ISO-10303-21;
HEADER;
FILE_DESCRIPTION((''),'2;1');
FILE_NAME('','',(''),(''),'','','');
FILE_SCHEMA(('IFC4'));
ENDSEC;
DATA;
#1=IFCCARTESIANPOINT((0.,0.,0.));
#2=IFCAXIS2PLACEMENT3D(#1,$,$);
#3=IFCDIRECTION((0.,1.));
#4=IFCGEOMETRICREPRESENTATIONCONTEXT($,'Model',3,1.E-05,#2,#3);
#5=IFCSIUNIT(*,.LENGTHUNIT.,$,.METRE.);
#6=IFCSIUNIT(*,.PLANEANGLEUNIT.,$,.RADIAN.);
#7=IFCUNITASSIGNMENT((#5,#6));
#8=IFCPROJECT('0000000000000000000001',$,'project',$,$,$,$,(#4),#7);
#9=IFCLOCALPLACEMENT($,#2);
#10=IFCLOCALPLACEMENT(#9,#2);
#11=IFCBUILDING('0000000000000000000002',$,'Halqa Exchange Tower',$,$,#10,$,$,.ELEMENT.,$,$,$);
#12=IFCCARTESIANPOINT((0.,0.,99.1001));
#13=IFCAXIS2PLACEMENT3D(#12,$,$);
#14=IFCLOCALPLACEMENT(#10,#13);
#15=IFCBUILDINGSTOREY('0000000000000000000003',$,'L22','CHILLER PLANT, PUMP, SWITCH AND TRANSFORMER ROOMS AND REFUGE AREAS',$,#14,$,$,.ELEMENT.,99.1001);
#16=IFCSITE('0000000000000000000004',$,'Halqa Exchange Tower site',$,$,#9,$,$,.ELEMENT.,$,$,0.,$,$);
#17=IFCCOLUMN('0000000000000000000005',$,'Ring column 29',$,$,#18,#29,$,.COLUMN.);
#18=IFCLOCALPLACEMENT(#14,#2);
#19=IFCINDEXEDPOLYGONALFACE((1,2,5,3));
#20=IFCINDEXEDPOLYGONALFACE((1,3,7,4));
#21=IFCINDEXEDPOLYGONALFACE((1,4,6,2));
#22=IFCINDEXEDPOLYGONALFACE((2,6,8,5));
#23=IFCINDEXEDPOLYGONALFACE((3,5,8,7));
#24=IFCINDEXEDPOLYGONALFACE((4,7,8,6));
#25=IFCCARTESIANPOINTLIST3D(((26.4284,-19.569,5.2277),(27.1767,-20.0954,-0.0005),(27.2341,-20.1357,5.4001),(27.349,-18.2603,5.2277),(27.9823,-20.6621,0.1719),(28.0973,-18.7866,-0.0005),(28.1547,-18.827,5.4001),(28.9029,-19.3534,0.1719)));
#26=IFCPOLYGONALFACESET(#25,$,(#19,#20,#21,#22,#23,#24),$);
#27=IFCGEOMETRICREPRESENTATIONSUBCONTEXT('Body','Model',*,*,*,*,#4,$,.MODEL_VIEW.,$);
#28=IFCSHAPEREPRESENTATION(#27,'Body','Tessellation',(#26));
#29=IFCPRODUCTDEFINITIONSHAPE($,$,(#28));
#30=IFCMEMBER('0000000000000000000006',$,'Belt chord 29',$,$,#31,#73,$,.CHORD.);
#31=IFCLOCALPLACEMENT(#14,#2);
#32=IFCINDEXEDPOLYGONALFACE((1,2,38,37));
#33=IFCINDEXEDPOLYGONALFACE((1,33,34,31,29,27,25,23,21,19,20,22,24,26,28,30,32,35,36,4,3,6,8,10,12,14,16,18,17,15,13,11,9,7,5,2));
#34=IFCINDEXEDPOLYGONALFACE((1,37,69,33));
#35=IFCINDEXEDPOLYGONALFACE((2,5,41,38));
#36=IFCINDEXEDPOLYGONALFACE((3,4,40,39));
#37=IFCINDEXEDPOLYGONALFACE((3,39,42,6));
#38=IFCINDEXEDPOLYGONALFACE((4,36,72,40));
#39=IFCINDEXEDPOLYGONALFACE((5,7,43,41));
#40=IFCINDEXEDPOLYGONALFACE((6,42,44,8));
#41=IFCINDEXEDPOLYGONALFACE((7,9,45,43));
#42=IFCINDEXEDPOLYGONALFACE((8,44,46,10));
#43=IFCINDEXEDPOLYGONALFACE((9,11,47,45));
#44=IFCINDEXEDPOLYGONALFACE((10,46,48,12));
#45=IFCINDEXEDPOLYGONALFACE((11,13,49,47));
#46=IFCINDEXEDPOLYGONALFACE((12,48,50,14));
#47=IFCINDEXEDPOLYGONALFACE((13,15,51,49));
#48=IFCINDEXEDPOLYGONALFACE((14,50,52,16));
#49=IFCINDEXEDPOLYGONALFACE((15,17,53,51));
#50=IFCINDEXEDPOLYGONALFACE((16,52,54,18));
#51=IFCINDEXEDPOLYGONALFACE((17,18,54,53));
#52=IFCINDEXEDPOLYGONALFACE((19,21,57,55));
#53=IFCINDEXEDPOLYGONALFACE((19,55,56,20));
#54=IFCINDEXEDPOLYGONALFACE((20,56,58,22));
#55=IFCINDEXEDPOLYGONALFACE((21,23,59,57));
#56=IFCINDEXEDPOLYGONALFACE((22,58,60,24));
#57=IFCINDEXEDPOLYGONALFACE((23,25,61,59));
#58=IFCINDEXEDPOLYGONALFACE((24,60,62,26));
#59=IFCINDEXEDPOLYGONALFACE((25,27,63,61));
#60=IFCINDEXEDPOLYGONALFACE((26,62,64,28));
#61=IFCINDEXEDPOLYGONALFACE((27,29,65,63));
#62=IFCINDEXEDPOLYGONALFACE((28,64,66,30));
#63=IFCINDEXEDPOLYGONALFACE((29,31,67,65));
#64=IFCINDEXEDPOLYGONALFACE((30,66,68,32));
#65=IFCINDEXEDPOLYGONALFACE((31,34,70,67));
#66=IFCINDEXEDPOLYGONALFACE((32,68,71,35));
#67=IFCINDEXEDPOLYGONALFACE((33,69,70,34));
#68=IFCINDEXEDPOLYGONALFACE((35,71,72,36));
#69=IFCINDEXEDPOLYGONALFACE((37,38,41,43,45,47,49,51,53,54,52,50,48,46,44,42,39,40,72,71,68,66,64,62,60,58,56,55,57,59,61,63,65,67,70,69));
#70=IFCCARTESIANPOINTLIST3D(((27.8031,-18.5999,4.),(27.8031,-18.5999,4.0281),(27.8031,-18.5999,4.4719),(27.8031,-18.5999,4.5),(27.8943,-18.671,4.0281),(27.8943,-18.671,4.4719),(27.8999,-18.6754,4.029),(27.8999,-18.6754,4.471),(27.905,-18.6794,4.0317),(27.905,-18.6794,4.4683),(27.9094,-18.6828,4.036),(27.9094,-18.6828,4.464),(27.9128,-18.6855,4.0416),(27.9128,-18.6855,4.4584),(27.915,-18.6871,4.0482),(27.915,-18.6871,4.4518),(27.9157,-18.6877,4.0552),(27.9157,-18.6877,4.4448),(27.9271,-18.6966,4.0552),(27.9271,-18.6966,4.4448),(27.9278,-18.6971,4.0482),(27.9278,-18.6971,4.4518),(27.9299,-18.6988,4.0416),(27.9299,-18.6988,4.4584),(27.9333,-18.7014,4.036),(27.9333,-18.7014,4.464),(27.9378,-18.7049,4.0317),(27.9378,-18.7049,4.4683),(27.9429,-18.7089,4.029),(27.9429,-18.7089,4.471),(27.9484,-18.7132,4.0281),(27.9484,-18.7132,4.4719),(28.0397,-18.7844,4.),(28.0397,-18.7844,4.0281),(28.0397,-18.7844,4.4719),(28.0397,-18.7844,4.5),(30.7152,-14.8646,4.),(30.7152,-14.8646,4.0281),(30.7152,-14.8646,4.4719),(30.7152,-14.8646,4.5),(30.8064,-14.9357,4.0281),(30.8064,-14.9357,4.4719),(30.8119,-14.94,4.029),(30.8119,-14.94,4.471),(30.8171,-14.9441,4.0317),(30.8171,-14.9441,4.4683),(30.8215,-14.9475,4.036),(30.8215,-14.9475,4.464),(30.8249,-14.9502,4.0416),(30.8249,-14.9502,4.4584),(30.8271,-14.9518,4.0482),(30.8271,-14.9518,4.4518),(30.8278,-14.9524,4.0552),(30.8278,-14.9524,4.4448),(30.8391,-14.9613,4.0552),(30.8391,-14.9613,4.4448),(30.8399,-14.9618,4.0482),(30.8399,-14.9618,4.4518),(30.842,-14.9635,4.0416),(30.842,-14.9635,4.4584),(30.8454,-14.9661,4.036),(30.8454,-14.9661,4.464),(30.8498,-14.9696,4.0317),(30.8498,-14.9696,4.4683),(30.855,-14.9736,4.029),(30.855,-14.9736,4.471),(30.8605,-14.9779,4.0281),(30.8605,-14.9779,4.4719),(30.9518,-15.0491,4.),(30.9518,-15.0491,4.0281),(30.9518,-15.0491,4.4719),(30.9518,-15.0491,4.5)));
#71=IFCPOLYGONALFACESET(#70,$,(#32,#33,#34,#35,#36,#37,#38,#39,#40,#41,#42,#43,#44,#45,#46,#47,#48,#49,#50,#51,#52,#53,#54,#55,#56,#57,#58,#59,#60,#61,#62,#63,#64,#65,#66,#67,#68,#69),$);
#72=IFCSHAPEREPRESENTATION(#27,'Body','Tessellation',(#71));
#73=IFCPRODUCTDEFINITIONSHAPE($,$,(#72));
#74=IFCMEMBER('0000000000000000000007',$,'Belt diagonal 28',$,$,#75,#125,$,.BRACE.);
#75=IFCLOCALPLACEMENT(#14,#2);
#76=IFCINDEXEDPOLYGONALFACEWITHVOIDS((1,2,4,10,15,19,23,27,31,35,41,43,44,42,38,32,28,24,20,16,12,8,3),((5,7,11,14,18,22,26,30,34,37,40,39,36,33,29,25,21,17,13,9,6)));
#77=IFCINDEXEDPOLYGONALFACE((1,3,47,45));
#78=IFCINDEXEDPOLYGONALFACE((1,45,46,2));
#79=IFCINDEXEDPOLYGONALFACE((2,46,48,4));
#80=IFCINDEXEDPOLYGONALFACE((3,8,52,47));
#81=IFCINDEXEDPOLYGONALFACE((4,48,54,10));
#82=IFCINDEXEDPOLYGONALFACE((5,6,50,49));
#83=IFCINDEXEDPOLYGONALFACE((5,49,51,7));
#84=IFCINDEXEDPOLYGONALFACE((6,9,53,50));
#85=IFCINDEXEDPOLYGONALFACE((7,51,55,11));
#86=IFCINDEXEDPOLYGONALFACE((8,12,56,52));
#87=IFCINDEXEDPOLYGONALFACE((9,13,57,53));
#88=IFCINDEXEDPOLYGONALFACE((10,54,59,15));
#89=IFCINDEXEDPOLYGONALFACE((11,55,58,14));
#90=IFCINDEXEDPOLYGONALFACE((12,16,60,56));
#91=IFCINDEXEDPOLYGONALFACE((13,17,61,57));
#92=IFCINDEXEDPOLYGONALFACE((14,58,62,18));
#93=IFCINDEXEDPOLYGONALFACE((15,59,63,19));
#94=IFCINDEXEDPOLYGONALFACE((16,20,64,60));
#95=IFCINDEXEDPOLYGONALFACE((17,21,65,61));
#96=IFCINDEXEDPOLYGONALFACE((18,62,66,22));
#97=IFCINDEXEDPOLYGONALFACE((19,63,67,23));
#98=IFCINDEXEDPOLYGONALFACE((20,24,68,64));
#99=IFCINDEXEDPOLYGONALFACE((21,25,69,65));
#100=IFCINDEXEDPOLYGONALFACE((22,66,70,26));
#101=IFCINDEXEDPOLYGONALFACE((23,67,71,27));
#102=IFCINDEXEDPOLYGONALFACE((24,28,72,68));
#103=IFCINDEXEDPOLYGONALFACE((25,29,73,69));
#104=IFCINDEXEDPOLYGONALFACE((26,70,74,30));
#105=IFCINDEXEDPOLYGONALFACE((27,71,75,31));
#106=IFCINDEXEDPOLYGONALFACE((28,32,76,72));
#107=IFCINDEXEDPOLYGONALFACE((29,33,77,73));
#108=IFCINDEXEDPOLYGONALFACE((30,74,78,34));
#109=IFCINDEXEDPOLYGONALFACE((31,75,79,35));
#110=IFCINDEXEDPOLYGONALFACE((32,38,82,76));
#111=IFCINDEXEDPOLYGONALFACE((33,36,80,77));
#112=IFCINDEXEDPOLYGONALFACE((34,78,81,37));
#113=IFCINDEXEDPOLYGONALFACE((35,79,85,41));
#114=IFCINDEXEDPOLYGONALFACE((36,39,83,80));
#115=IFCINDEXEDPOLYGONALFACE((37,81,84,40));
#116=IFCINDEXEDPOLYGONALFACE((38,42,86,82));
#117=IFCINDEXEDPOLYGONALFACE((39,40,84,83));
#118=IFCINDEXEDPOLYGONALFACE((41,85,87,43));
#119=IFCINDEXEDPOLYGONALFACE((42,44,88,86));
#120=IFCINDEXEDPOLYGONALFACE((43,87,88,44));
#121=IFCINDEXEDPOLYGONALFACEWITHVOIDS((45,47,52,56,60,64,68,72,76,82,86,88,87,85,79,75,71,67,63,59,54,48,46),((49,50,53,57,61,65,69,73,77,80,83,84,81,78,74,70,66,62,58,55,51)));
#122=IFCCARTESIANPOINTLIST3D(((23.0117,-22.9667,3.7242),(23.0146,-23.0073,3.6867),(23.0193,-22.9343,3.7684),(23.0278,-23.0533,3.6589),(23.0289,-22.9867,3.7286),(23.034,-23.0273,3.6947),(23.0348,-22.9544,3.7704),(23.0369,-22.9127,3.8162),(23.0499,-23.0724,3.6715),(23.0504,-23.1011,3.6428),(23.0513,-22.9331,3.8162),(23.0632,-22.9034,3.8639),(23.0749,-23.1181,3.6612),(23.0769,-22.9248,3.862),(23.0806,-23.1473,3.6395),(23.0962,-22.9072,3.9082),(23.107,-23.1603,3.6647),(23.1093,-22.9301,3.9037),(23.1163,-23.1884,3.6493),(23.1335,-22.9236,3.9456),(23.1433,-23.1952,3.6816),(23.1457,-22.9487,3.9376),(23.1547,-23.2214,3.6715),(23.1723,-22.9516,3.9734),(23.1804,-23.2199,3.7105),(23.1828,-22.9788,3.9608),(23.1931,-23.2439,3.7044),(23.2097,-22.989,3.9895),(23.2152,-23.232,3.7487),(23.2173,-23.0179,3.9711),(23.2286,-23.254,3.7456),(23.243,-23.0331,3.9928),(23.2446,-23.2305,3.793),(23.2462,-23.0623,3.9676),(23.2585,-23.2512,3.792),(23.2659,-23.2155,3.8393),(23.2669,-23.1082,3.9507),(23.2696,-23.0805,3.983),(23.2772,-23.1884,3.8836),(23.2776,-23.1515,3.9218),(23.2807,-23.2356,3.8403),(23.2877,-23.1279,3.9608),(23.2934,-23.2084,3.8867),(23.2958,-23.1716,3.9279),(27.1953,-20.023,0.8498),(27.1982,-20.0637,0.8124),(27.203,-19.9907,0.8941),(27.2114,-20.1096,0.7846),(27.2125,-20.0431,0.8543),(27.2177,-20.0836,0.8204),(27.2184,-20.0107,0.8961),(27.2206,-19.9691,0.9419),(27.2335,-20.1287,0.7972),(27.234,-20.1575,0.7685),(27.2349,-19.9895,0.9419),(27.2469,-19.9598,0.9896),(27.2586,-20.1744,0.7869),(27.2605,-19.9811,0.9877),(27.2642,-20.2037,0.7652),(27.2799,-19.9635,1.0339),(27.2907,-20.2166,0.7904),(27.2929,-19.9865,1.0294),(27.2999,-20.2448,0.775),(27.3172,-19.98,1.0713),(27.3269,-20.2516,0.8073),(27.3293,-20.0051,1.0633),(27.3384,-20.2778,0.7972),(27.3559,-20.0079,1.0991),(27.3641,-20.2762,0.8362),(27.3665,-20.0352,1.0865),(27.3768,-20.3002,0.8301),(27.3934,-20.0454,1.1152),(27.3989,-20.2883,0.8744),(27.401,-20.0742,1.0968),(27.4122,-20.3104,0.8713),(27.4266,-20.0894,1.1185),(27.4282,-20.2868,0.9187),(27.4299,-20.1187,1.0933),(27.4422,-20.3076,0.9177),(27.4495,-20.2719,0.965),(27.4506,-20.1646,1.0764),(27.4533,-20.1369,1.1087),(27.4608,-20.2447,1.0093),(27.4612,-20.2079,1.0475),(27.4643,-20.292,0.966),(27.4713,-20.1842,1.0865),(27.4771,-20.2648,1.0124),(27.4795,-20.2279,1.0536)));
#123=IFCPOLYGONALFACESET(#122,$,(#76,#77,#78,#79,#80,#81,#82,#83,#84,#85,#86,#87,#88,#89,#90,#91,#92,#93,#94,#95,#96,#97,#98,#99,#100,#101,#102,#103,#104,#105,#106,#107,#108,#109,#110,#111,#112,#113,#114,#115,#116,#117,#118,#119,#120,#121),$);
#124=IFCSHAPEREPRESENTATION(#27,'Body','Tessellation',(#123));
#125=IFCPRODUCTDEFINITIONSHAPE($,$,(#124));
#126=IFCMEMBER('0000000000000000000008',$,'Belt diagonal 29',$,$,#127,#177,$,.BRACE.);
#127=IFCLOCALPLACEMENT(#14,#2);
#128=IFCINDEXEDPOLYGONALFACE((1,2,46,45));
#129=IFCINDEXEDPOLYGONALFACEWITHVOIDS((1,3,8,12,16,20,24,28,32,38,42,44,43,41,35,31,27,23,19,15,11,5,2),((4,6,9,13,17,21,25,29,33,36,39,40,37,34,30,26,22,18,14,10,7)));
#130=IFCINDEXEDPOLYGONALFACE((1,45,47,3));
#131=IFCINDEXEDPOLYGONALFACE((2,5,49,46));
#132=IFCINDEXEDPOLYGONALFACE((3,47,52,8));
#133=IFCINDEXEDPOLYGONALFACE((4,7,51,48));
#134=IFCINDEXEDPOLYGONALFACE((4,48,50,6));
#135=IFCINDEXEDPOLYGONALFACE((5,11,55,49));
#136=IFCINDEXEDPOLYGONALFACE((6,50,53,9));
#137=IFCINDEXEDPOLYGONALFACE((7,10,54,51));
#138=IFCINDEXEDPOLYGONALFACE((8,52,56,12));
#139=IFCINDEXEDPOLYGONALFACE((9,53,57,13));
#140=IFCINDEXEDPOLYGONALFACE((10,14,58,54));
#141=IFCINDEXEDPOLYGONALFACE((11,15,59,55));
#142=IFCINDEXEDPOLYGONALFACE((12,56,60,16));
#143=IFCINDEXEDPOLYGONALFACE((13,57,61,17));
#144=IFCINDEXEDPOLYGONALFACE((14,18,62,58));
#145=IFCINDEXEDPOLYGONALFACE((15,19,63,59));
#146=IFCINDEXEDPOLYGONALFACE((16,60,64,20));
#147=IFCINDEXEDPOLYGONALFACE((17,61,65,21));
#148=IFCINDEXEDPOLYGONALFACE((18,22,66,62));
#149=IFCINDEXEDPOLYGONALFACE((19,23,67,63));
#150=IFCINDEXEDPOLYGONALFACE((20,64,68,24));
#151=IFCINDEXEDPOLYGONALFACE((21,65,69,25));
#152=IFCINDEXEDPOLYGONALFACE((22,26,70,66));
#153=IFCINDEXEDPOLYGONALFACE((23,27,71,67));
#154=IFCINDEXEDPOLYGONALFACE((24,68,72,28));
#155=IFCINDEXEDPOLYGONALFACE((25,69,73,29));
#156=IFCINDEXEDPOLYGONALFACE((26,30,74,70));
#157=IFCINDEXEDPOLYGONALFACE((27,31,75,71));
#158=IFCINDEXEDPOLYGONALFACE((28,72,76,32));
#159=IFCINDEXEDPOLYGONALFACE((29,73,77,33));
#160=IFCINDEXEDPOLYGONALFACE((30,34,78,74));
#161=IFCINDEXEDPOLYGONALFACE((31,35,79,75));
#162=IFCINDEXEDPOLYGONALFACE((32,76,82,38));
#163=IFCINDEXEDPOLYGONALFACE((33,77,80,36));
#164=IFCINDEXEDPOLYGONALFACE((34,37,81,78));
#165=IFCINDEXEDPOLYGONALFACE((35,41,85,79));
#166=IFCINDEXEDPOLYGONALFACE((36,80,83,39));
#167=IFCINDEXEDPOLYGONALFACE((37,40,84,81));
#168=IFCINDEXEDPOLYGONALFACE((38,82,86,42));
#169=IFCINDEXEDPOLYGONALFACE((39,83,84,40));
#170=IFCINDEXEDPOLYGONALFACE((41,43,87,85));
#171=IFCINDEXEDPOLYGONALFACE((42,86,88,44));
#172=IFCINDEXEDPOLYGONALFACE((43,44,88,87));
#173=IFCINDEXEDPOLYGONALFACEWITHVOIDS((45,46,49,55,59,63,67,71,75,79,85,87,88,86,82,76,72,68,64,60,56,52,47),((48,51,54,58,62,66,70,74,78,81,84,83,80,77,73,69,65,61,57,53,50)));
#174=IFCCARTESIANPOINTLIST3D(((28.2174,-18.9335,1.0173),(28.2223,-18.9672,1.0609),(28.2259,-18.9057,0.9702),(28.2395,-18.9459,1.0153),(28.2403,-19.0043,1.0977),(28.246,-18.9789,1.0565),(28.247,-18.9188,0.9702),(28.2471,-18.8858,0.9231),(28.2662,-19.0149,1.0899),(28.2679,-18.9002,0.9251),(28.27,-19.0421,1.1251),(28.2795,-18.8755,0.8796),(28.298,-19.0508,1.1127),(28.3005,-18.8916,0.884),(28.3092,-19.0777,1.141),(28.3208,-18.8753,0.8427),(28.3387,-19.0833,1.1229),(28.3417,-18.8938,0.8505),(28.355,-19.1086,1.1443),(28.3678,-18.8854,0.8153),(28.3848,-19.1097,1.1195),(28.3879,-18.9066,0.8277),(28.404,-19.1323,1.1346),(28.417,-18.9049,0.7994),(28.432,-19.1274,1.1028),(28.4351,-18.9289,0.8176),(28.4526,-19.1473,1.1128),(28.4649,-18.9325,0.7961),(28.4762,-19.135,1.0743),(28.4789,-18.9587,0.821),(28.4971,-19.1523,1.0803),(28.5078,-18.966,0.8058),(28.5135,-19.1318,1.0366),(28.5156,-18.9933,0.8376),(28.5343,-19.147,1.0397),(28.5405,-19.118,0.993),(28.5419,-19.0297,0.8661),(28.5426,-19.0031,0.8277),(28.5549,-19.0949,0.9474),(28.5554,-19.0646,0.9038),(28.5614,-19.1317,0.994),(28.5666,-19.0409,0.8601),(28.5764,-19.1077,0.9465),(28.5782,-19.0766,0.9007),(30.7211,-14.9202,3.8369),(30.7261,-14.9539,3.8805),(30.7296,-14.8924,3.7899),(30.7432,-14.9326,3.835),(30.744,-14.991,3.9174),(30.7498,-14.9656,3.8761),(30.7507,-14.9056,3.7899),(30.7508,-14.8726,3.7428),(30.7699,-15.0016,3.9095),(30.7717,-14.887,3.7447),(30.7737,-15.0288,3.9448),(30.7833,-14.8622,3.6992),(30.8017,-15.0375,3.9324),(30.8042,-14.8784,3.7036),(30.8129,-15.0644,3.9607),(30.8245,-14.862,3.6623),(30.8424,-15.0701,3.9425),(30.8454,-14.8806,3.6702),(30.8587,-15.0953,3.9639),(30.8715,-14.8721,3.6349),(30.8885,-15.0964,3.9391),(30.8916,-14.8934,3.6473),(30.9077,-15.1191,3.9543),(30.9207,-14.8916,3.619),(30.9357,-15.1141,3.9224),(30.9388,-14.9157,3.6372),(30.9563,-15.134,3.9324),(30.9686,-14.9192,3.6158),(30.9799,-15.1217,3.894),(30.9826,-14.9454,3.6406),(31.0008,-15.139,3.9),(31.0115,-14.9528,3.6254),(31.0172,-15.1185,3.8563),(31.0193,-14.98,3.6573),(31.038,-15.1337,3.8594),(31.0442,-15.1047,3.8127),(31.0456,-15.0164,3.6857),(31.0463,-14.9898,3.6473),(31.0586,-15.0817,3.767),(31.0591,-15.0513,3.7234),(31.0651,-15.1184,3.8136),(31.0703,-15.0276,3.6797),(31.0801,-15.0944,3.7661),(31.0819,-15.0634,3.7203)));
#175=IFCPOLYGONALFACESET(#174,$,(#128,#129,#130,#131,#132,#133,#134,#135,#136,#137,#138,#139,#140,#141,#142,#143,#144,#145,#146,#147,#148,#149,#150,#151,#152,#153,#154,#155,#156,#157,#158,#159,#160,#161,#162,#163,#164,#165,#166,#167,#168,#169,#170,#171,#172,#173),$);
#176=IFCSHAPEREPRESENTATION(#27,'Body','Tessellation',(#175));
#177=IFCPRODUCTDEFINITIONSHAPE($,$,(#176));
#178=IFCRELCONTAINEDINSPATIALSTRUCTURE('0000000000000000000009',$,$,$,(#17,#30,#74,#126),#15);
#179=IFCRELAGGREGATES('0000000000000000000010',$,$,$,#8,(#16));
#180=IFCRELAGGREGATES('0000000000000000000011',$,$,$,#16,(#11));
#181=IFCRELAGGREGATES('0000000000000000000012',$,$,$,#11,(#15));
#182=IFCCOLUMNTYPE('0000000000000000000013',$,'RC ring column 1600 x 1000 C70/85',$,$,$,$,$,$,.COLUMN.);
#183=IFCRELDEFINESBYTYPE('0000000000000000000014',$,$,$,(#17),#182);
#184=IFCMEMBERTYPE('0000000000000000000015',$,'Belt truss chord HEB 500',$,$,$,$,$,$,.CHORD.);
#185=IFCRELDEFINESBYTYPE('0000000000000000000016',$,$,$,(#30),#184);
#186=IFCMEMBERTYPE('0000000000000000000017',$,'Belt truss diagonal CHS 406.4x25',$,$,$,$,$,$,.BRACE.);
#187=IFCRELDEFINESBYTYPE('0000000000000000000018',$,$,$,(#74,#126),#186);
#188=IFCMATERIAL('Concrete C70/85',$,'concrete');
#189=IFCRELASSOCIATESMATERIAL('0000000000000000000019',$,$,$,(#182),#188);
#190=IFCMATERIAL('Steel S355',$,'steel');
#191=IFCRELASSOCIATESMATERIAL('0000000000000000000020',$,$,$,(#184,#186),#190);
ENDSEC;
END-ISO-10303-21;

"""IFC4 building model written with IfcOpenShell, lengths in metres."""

from ifc_helpers import new_model, si_unit, direction, frame, origin, origin_2d, place, context, subcontext, project, spatial, rectangle, hollow_circle, i_section, extrude, material, material_profile, profile_set, type_object, element, save


model = new_model("IFC4")

# Units and contexts
model_context = context("Model", 3, precision=1e-05, world=origin(), true_north=direction((0.0, 1.0)))
body_context = subcontext(model_context, "Body", "Model", "MODEL_VIEW")
ifc_project = project(units=[si_unit("LENGTHUNIT", "METRE"), si_unit("PLANEANGLEUNIT", "RADIAN")], contexts=[model_context])

# Site, building, storey
site_placement = place(None, origin())
site = spatial("IfcSite", under=ifc_project, at=site_placement, Name="Halqa Exchange Tower site", CompositionType="ELEMENT", RefElevation=0.0)
building_placement = place(site_placement, origin())
building = spatial("IfcBuilding", under=site, at=building_placement, Name="Halqa Exchange Tower", CompositionType="ELEMENT")
storey_placement = place(building_placement, frame((0.0, 0.0, 99.1001)))
storey = spatial("IfcBuildingStorey", under=building, at=storey_placement, Name="L22", Description="CHILLER PLANT, PUMP, SWITCH AND TRANSFORMER ROOMS AND REFUGE AREAS", CompositionType="ELEMENT", Elevation=99.1001)

# Column
ifc_material_1 = material(Name="Concrete C70/85", Category="concrete")
ifc_material_profile_1 = material_profile(ifc_material_1, rectangle(XDim=1.6001, YDim=1.0, at=origin_2d()), Name="1600 x 1000")
ifc_profile_set_1 = profile_set([ifc_material_profile_1], Name="Concrete C70/85")
column_type = type_object("IfcColumnType", Name="RC ring column 1600 x 1000 C70/85", PredefinedType="COLUMN", material=ifc_profile_set_1)
column_placement = place(storey_placement, frame((28.0398, -19.7244, 0.0857), z_axis=(-0.140982, 0.09917, 0.985033), x_axis=(-0.575341, -0.817913, 0.0)))
element("IfcColumn", 1, at=column_placement, inside=storey, type_object=column_type, Name="Ring column 29", PredefinedType="COLUMN", context=body_context, shape_type="SweptSolid", body=[
    extrude(rectangle(XDim=1.6001, YDim=1.0, at=origin_2d()), origin(), (0.0, 0.0, 1.0), 5.3076),
])

# Members
ifc_material_2 = material(Name="Steel S355", Category="steel")
ifc_material_profile_2 = material_profile(ifc_material_2, i_section(OverallWidth=0.3, OverallDepth=0.5, WebThickness=0.0144, FlangeThickness=0.0281, FilletRadius=0.0271, at=origin_2d()), Name="HEB 500")
ifc_profile_set_2 = profile_set([ifc_material_profile_2], Name="Steel S355")
member_type_1 = type_object("IfcMemberType", Name="Belt truss chord HEB 500", PredefinedType="CHORD", material=ifc_profile_set_2)
member_1_placement = place(storey_placement, frame((27.9214, -18.6921, 4.25), z_axis=(0.614839, 0.788652, 0.0), x_axis=(-0.788652, 0.614839, 0.0)))
element("IfcMember", 2, at=member_1_placement, inside=storey, type_object=member_type_1, Name="Belt chord 29", PredefinedType="CHORD", context=body_context, shape_type="SweptSolid", body=[
    extrude(i_section(OverallWidth=0.3, OverallDepth=0.5, WebThickness=0.0144, FlangeThickness=0.0281, FilletRadius=0.0271, at=origin_2d()), origin(), (0.0, 0.0, 1.0), 4.7363),
])
ifc_material_profile_3 = material_profile(ifc_material_2, hollow_circle(Radius=0.2031, WallThickness=0.0249, at=origin_2d()), Name="CHS 406.4x25")
ifc_profile_set_3 = profile_set([ifc_material_profile_3], Name="Steel S355")
member_type_2 = type_object("IfcMemberType", Name="Belt truss diagonal CHS 406.4x25", PredefinedType="BRACE", material=ifc_profile_set_3)
member_2_placement = place(storey_placement, frame((23.1538, -23.0789, 3.8162), z_axis=(0.713, 0.501671, -0.489854), x_axis=(-0.57544, 0.817844, 0.0)))
element("IfcMember", 3, at=member_2_placement, inside=storey, type_object=member_type_2, Name="Belt diagonal 28", PredefinedType="BRACE", context=body_context, shape_type="SweptSolid", body=[
    extrude(hollow_circle(Radius=0.2031, WallThickness=0.0249, at=origin_2d()), origin(), (0.0, 0.0, 1.0), 5.8677),
])
member_3_placement = place(storey_placement, frame((28.3982, -19.0132, 0.9702), z_axis=(0.454656, 0.728779, 0.512025), x_axis=(-0.848433, 0.529303, 0.0)))
element("IfcMember", 4, at=member_3_placement, inside=storey, type_object=member_type_2, Name="Belt diagonal 29", PredefinedType="BRACE", context=body_context, shape_type="SweptSolid", body=[
    extrude(hollow_circle(Radius=0.2031, WallThickness=0.0249, at=origin_2d()), origin(), (0.0, 0.0, 1.0), 5.5068),
])

save(model, "model.ifc")
